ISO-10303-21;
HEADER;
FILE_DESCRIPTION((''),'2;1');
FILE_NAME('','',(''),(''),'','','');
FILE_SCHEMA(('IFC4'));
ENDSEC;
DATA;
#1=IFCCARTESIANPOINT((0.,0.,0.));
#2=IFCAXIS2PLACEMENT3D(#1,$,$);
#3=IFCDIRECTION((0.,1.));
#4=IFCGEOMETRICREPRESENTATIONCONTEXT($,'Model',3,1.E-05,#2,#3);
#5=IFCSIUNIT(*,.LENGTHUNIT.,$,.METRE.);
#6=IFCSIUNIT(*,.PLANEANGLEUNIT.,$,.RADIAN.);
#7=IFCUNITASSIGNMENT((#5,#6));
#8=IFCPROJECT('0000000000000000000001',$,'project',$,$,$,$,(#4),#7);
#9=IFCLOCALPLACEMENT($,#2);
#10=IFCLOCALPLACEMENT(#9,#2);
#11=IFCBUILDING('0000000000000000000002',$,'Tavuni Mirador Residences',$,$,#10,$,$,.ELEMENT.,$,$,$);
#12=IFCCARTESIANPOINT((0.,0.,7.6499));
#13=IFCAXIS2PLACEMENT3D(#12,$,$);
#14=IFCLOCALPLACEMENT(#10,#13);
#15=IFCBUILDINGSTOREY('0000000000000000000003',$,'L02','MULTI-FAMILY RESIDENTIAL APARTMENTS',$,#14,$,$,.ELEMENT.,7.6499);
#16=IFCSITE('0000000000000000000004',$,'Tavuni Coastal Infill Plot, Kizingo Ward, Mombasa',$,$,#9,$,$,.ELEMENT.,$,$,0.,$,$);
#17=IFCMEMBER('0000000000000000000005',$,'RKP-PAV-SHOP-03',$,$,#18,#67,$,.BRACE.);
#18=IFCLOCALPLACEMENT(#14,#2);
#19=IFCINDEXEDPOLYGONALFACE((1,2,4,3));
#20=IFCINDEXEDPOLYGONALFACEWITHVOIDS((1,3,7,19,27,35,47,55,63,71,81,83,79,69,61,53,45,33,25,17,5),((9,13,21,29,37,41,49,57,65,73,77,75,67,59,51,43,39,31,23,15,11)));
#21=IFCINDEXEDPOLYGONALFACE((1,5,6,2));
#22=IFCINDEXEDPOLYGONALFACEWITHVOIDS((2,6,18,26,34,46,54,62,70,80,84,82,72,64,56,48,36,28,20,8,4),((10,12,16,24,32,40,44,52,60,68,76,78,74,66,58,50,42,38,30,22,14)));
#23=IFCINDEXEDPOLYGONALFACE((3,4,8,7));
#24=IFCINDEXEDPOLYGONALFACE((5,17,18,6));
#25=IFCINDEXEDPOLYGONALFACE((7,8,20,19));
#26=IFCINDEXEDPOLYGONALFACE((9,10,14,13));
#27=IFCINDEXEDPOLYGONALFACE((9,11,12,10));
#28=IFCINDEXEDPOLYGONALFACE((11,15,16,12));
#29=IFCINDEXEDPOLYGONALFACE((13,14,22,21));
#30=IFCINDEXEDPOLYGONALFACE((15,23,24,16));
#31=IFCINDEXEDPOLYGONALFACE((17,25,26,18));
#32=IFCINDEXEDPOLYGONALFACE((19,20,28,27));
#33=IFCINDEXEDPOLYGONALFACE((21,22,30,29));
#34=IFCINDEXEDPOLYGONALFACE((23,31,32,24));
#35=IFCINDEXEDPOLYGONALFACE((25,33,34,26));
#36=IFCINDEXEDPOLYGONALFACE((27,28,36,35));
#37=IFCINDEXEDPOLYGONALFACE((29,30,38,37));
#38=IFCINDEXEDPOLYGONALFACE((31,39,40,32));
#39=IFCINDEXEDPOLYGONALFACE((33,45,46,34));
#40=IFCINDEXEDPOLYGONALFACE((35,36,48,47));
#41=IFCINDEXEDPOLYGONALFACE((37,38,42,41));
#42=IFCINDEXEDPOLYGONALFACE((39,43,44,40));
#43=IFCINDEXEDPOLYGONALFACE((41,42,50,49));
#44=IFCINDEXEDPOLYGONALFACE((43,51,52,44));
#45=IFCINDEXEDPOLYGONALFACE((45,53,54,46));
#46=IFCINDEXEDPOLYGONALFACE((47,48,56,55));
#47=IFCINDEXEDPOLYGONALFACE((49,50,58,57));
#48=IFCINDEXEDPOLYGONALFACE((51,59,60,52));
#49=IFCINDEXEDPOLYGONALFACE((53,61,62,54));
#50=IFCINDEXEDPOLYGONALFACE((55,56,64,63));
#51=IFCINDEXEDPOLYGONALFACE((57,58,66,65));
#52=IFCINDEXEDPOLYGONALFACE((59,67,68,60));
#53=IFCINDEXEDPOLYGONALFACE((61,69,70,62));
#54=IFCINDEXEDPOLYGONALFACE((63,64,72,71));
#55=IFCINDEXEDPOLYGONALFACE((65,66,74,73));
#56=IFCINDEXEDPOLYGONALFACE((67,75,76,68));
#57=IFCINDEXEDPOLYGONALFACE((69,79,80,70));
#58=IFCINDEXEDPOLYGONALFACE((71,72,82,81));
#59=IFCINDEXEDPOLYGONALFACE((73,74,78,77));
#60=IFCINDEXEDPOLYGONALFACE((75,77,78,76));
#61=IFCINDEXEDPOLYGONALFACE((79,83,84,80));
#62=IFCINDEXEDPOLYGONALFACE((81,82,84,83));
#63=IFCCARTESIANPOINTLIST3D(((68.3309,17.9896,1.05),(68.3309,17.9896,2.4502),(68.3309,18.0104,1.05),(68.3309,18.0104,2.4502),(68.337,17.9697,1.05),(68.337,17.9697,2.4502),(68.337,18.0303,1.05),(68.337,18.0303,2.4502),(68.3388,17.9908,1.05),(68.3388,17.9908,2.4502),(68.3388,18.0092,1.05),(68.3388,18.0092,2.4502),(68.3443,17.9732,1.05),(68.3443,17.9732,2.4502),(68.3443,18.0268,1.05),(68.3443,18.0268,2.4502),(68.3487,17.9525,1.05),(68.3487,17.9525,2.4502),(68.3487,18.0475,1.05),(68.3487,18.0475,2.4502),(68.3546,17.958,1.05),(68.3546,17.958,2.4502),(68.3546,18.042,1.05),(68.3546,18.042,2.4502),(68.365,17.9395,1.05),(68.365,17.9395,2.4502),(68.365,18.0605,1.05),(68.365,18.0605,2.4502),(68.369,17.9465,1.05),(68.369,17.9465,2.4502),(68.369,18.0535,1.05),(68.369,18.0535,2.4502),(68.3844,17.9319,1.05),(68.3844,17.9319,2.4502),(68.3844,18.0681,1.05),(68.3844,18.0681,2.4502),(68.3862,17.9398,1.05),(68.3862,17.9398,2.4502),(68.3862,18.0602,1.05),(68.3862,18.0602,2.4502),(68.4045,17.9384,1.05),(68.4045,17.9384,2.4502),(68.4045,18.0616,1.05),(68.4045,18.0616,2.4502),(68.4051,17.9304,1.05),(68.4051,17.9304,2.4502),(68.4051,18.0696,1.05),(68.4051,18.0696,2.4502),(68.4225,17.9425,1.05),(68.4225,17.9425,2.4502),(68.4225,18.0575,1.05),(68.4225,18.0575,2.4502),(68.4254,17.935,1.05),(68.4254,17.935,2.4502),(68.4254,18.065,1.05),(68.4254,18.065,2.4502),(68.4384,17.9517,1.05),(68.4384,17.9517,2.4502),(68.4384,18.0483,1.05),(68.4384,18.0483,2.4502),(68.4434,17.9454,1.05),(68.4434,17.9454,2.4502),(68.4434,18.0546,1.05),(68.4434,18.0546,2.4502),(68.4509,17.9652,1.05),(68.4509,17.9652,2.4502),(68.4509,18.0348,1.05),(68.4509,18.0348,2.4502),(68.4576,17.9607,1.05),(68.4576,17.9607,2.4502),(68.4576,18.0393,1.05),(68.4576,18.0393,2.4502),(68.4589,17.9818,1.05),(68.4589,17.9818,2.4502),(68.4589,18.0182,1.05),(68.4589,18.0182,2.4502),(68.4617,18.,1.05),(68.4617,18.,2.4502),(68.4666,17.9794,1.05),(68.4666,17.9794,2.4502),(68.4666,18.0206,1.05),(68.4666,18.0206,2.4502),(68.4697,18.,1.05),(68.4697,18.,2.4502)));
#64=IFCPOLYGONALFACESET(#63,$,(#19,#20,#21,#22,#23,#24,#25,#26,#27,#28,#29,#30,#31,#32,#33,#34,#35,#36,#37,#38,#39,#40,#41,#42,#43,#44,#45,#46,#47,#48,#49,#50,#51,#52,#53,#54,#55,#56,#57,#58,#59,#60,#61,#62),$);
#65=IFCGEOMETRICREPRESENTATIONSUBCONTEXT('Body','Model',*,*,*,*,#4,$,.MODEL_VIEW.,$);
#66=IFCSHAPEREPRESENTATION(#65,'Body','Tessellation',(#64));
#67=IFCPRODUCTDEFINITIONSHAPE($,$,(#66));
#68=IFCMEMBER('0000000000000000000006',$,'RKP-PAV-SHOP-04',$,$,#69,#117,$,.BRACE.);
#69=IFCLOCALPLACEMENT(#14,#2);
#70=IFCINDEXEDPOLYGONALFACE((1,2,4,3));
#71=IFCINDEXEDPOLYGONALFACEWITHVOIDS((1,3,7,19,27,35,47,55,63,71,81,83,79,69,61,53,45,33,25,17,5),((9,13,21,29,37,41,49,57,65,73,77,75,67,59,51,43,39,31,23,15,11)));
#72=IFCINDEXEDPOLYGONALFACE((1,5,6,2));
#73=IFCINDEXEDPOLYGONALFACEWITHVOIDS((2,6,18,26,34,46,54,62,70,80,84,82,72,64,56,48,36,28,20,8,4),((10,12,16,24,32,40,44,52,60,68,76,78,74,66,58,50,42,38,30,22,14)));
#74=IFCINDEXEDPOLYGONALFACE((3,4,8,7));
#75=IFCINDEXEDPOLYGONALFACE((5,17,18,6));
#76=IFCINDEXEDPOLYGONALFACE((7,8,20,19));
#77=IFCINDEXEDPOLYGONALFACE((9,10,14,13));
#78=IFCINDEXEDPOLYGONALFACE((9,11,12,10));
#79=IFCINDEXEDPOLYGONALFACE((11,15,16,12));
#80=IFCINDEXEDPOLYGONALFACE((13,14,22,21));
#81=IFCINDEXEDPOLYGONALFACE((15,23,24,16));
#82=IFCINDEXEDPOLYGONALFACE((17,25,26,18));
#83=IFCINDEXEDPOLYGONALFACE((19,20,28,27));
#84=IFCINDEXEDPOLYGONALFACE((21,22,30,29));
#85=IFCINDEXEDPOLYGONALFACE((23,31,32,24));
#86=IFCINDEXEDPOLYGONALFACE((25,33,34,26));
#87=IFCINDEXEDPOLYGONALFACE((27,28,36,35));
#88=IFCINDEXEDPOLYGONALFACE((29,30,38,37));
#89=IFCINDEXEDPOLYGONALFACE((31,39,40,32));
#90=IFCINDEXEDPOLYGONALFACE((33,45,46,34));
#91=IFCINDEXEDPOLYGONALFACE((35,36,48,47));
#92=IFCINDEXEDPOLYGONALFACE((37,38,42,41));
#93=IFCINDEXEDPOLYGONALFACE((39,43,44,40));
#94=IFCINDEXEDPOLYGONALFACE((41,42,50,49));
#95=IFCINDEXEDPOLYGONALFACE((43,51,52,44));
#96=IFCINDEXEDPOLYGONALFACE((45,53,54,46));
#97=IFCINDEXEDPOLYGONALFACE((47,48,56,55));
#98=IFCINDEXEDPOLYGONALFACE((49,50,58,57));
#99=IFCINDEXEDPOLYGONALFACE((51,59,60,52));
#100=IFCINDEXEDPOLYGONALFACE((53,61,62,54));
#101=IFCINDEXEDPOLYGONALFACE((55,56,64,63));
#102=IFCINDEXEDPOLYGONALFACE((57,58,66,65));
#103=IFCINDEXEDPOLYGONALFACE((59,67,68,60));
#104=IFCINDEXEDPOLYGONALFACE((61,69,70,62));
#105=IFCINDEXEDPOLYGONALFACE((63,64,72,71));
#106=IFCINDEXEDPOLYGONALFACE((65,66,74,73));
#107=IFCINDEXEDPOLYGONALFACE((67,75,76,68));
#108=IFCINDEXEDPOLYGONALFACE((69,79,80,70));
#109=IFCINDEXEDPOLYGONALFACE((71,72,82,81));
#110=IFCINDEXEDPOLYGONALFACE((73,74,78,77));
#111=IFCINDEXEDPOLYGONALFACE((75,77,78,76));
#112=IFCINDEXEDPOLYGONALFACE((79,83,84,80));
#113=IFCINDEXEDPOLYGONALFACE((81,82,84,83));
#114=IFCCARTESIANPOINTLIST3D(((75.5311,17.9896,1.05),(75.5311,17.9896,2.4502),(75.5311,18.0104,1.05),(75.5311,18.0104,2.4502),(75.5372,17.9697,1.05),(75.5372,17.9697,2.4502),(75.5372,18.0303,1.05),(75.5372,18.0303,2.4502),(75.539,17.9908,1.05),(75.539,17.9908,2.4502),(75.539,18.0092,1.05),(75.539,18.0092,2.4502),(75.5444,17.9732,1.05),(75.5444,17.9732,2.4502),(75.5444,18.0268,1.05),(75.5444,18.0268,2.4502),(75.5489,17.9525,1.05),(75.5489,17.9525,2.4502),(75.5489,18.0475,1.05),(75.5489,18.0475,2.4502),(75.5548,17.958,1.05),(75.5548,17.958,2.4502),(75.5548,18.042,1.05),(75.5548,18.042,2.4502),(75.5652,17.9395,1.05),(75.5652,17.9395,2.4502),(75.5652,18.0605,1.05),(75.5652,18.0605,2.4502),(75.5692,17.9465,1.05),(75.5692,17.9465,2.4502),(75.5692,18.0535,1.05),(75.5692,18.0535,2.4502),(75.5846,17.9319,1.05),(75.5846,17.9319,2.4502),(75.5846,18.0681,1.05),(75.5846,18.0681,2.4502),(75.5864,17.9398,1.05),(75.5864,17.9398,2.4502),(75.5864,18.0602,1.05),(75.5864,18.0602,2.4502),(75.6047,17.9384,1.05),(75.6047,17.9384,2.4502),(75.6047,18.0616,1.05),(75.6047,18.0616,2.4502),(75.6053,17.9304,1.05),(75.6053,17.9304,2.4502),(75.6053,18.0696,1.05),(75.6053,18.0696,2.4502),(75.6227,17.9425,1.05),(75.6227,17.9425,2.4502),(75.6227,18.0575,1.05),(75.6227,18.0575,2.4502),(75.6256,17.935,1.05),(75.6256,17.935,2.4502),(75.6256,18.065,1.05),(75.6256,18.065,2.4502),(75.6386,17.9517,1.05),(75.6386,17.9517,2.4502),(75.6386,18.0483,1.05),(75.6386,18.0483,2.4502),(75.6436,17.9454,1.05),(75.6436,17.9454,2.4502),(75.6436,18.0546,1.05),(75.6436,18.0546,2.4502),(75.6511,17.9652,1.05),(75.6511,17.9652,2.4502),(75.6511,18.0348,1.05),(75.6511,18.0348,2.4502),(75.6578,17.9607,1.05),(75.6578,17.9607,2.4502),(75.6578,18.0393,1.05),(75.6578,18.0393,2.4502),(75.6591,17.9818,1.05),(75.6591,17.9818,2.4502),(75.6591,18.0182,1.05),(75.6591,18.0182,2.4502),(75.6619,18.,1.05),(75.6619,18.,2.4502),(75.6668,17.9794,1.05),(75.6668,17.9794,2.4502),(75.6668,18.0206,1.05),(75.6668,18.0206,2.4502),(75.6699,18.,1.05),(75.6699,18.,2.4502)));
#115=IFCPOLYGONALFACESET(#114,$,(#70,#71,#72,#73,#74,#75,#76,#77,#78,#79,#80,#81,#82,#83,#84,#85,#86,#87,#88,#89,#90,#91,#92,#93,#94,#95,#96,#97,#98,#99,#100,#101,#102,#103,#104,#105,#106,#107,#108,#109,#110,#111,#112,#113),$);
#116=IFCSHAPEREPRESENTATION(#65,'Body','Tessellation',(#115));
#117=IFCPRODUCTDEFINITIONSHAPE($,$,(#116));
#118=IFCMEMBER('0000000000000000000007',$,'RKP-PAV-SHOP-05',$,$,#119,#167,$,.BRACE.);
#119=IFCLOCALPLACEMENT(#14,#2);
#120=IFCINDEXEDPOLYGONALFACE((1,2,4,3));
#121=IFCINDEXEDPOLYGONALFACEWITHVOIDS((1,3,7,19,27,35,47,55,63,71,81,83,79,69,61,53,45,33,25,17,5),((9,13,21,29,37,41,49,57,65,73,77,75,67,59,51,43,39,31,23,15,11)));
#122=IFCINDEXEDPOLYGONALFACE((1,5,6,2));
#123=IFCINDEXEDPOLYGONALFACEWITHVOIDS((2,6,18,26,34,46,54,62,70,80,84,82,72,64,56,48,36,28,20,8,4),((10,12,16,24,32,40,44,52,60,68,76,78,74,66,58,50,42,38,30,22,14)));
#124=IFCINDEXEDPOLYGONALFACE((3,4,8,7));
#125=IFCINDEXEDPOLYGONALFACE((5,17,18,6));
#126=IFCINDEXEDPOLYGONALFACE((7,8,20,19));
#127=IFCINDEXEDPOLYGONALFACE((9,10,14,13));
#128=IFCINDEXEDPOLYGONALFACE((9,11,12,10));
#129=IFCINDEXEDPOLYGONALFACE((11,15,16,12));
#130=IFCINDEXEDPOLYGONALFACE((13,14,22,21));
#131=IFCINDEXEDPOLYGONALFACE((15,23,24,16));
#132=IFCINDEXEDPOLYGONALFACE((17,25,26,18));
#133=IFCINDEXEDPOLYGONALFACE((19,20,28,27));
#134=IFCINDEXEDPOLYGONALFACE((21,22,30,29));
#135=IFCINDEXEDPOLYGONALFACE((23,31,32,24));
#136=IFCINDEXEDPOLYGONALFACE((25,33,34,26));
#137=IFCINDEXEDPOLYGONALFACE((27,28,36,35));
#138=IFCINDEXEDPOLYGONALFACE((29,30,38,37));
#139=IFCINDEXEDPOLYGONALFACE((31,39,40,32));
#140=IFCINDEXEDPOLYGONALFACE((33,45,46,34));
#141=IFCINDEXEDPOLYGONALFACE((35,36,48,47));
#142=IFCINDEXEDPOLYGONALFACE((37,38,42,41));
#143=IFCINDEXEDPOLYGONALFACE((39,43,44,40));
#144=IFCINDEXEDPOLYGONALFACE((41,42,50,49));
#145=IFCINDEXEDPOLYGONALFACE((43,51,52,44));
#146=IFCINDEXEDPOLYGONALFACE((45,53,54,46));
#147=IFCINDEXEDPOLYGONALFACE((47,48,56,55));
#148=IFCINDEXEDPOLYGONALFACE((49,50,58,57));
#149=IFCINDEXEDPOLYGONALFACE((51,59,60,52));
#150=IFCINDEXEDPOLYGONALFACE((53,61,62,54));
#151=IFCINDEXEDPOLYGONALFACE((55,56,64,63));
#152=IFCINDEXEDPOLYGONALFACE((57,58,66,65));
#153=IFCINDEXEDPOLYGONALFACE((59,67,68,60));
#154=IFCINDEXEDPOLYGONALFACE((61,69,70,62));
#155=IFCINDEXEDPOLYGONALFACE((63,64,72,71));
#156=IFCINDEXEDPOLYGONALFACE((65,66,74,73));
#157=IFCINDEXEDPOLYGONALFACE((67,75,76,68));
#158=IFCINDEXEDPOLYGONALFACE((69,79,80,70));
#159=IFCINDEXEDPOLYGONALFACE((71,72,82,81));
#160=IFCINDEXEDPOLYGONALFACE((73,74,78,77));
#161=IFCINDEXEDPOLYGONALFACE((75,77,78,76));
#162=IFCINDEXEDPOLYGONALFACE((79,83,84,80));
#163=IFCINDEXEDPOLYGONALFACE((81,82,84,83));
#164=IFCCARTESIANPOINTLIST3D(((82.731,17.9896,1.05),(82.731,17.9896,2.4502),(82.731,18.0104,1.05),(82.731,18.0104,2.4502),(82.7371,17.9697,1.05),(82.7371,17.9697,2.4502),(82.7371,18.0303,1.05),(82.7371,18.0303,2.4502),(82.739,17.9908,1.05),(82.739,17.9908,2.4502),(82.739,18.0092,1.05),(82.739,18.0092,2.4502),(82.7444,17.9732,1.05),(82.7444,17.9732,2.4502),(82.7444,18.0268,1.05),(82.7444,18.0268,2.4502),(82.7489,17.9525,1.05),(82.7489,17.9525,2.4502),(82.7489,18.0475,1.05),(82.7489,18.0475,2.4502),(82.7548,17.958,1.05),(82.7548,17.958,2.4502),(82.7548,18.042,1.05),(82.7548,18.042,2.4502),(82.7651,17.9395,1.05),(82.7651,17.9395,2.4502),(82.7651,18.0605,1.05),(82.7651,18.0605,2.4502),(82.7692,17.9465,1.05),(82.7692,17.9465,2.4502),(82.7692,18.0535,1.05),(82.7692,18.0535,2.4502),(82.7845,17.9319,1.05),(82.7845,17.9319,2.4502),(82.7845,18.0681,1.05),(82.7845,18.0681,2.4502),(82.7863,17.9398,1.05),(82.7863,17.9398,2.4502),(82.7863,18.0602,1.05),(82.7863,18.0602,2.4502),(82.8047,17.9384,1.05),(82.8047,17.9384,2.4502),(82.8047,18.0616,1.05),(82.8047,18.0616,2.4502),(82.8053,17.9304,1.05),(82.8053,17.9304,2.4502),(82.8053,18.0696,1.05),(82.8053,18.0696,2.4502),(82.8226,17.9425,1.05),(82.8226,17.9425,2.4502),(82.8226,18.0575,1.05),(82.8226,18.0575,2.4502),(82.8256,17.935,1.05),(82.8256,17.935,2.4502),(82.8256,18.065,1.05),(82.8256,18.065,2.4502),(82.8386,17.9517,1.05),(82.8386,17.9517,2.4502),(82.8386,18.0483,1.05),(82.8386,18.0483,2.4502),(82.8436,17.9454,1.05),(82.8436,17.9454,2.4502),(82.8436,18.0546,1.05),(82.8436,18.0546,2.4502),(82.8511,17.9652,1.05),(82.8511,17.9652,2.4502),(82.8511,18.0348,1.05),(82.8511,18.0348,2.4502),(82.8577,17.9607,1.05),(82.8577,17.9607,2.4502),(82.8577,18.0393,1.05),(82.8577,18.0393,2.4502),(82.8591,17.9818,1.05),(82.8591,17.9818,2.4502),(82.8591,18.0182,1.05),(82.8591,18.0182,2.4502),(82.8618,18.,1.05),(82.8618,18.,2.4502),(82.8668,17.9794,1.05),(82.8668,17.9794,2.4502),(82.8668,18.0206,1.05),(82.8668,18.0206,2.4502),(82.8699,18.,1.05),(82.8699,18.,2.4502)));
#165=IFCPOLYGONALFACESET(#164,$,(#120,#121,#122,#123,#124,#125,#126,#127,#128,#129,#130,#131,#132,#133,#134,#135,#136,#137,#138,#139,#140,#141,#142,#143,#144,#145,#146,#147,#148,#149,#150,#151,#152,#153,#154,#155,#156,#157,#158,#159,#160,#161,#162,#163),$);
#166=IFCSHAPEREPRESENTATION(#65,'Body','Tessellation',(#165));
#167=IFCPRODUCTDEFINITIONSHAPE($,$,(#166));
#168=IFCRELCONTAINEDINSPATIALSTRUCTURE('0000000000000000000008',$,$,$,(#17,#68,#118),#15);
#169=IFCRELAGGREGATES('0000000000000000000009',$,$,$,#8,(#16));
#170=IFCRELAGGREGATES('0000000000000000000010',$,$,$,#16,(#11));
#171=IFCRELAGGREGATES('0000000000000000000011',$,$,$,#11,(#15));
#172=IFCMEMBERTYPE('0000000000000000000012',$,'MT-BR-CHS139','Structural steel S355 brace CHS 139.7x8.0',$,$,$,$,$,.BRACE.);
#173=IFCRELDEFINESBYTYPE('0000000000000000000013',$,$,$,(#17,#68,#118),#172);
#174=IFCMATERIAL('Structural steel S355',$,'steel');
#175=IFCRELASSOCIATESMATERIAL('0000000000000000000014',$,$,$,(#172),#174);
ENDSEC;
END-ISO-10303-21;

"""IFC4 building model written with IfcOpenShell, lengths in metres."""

from ifc_helpers import new_model, si_unit, direction, frame, origin, origin_2d, place, context, subcontext, project, spatial, hollow_circle, extrude, material, material_profile, profile_set, type_object, element, save


model = new_model("IFC4")

# Units and contexts
model_context = context("Model", 3, precision=1e-05, world=origin(), true_north=direction((0.0, 1.0)))
body_context = subcontext(model_context, "Body", "Model", "MODEL_VIEW")
ifc_project = project(units=[si_unit("LENGTHUNIT", "METRE"), si_unit("PLANEANGLEUNIT", "RADIAN")], contexts=[model_context])

# Site, building, storey
site_placement = place(None, origin())
site = spatial("IfcSite", under=ifc_project, at=site_placement, Name="Tavuni Coastal Infill Plot, Kizingo Ward, Mombasa", CompositionType="ELEMENT", RefElevation=0.0)
building_placement = place(site_placement, origin())
building = spatial("IfcBuilding", under=site, at=building_placement, Name="Tavuni Mirador Residences", CompositionType="ELEMENT")
storey_placement = place(building_placement, frame((0.0, 0.0, 7.6499)))
storey = spatial("IfcBuildingStorey", under=building, at=storey_placement, Name="L02", Description="MULTI-FAMILY RESIDENTIAL APARTMENTS", CompositionType="ELEMENT", Elevation=7.6499)

# Members
ifc_material_1 = material(Name="Structural steel S355", Category="steel")
ifc_material_profile_1 = material_profile(ifc_material_1, hollow_circle(Radius=0.0698, WallThickness=0.0081, at=origin_2d()), Name="CHS 139.7x8.0", Category="steel")
ifc_profile_set_1 = profile_set([ifc_material_profile_1], Name="Structural steel S355")
member_type_1 = type_object("IfcMemberType", Name="MT-BR-CHS139", Description="Structural steel S355 brace CHS 139.7x8.0", PredefinedType="BRACE", material=ifc_profile_set_1)
for number, where, z_axis, x_axis, name in (
    (1, (68.3999, 18.0, 1.05), (0.0, 0.0, 1.0), (1.0, 0.0, 0.0), "RKP-PAV-SHOP-03"),
    (2, (75.6001, 18.0, 1.05), (0.0, 0.0, 1.0), (1.0, 0.0, 0.0), "RKP-PAV-SHOP-04"),
    (3, (82.8, 18.0, 1.05), (0.0, 0.0, 1.0), (1.0, 0.0, 0.0), "RKP-PAV-SHOP-05"),
):
    element("IfcMember", number, at=place(storey_placement, frame(where, z_axis=z_axis, x_axis=x_axis)), inside=storey, type_object=member_type_1, Name=name, PredefinedType="BRACE", context=body_context, shape_type="SweptSolid", body=[
        extrude(hollow_circle(Radius=0.0698, WallThickness=0.0081, at=origin_2d()), origin(), (0.0, 0.0, 1.0), 1.4001),
    ])

save(model, "model.ifc")
